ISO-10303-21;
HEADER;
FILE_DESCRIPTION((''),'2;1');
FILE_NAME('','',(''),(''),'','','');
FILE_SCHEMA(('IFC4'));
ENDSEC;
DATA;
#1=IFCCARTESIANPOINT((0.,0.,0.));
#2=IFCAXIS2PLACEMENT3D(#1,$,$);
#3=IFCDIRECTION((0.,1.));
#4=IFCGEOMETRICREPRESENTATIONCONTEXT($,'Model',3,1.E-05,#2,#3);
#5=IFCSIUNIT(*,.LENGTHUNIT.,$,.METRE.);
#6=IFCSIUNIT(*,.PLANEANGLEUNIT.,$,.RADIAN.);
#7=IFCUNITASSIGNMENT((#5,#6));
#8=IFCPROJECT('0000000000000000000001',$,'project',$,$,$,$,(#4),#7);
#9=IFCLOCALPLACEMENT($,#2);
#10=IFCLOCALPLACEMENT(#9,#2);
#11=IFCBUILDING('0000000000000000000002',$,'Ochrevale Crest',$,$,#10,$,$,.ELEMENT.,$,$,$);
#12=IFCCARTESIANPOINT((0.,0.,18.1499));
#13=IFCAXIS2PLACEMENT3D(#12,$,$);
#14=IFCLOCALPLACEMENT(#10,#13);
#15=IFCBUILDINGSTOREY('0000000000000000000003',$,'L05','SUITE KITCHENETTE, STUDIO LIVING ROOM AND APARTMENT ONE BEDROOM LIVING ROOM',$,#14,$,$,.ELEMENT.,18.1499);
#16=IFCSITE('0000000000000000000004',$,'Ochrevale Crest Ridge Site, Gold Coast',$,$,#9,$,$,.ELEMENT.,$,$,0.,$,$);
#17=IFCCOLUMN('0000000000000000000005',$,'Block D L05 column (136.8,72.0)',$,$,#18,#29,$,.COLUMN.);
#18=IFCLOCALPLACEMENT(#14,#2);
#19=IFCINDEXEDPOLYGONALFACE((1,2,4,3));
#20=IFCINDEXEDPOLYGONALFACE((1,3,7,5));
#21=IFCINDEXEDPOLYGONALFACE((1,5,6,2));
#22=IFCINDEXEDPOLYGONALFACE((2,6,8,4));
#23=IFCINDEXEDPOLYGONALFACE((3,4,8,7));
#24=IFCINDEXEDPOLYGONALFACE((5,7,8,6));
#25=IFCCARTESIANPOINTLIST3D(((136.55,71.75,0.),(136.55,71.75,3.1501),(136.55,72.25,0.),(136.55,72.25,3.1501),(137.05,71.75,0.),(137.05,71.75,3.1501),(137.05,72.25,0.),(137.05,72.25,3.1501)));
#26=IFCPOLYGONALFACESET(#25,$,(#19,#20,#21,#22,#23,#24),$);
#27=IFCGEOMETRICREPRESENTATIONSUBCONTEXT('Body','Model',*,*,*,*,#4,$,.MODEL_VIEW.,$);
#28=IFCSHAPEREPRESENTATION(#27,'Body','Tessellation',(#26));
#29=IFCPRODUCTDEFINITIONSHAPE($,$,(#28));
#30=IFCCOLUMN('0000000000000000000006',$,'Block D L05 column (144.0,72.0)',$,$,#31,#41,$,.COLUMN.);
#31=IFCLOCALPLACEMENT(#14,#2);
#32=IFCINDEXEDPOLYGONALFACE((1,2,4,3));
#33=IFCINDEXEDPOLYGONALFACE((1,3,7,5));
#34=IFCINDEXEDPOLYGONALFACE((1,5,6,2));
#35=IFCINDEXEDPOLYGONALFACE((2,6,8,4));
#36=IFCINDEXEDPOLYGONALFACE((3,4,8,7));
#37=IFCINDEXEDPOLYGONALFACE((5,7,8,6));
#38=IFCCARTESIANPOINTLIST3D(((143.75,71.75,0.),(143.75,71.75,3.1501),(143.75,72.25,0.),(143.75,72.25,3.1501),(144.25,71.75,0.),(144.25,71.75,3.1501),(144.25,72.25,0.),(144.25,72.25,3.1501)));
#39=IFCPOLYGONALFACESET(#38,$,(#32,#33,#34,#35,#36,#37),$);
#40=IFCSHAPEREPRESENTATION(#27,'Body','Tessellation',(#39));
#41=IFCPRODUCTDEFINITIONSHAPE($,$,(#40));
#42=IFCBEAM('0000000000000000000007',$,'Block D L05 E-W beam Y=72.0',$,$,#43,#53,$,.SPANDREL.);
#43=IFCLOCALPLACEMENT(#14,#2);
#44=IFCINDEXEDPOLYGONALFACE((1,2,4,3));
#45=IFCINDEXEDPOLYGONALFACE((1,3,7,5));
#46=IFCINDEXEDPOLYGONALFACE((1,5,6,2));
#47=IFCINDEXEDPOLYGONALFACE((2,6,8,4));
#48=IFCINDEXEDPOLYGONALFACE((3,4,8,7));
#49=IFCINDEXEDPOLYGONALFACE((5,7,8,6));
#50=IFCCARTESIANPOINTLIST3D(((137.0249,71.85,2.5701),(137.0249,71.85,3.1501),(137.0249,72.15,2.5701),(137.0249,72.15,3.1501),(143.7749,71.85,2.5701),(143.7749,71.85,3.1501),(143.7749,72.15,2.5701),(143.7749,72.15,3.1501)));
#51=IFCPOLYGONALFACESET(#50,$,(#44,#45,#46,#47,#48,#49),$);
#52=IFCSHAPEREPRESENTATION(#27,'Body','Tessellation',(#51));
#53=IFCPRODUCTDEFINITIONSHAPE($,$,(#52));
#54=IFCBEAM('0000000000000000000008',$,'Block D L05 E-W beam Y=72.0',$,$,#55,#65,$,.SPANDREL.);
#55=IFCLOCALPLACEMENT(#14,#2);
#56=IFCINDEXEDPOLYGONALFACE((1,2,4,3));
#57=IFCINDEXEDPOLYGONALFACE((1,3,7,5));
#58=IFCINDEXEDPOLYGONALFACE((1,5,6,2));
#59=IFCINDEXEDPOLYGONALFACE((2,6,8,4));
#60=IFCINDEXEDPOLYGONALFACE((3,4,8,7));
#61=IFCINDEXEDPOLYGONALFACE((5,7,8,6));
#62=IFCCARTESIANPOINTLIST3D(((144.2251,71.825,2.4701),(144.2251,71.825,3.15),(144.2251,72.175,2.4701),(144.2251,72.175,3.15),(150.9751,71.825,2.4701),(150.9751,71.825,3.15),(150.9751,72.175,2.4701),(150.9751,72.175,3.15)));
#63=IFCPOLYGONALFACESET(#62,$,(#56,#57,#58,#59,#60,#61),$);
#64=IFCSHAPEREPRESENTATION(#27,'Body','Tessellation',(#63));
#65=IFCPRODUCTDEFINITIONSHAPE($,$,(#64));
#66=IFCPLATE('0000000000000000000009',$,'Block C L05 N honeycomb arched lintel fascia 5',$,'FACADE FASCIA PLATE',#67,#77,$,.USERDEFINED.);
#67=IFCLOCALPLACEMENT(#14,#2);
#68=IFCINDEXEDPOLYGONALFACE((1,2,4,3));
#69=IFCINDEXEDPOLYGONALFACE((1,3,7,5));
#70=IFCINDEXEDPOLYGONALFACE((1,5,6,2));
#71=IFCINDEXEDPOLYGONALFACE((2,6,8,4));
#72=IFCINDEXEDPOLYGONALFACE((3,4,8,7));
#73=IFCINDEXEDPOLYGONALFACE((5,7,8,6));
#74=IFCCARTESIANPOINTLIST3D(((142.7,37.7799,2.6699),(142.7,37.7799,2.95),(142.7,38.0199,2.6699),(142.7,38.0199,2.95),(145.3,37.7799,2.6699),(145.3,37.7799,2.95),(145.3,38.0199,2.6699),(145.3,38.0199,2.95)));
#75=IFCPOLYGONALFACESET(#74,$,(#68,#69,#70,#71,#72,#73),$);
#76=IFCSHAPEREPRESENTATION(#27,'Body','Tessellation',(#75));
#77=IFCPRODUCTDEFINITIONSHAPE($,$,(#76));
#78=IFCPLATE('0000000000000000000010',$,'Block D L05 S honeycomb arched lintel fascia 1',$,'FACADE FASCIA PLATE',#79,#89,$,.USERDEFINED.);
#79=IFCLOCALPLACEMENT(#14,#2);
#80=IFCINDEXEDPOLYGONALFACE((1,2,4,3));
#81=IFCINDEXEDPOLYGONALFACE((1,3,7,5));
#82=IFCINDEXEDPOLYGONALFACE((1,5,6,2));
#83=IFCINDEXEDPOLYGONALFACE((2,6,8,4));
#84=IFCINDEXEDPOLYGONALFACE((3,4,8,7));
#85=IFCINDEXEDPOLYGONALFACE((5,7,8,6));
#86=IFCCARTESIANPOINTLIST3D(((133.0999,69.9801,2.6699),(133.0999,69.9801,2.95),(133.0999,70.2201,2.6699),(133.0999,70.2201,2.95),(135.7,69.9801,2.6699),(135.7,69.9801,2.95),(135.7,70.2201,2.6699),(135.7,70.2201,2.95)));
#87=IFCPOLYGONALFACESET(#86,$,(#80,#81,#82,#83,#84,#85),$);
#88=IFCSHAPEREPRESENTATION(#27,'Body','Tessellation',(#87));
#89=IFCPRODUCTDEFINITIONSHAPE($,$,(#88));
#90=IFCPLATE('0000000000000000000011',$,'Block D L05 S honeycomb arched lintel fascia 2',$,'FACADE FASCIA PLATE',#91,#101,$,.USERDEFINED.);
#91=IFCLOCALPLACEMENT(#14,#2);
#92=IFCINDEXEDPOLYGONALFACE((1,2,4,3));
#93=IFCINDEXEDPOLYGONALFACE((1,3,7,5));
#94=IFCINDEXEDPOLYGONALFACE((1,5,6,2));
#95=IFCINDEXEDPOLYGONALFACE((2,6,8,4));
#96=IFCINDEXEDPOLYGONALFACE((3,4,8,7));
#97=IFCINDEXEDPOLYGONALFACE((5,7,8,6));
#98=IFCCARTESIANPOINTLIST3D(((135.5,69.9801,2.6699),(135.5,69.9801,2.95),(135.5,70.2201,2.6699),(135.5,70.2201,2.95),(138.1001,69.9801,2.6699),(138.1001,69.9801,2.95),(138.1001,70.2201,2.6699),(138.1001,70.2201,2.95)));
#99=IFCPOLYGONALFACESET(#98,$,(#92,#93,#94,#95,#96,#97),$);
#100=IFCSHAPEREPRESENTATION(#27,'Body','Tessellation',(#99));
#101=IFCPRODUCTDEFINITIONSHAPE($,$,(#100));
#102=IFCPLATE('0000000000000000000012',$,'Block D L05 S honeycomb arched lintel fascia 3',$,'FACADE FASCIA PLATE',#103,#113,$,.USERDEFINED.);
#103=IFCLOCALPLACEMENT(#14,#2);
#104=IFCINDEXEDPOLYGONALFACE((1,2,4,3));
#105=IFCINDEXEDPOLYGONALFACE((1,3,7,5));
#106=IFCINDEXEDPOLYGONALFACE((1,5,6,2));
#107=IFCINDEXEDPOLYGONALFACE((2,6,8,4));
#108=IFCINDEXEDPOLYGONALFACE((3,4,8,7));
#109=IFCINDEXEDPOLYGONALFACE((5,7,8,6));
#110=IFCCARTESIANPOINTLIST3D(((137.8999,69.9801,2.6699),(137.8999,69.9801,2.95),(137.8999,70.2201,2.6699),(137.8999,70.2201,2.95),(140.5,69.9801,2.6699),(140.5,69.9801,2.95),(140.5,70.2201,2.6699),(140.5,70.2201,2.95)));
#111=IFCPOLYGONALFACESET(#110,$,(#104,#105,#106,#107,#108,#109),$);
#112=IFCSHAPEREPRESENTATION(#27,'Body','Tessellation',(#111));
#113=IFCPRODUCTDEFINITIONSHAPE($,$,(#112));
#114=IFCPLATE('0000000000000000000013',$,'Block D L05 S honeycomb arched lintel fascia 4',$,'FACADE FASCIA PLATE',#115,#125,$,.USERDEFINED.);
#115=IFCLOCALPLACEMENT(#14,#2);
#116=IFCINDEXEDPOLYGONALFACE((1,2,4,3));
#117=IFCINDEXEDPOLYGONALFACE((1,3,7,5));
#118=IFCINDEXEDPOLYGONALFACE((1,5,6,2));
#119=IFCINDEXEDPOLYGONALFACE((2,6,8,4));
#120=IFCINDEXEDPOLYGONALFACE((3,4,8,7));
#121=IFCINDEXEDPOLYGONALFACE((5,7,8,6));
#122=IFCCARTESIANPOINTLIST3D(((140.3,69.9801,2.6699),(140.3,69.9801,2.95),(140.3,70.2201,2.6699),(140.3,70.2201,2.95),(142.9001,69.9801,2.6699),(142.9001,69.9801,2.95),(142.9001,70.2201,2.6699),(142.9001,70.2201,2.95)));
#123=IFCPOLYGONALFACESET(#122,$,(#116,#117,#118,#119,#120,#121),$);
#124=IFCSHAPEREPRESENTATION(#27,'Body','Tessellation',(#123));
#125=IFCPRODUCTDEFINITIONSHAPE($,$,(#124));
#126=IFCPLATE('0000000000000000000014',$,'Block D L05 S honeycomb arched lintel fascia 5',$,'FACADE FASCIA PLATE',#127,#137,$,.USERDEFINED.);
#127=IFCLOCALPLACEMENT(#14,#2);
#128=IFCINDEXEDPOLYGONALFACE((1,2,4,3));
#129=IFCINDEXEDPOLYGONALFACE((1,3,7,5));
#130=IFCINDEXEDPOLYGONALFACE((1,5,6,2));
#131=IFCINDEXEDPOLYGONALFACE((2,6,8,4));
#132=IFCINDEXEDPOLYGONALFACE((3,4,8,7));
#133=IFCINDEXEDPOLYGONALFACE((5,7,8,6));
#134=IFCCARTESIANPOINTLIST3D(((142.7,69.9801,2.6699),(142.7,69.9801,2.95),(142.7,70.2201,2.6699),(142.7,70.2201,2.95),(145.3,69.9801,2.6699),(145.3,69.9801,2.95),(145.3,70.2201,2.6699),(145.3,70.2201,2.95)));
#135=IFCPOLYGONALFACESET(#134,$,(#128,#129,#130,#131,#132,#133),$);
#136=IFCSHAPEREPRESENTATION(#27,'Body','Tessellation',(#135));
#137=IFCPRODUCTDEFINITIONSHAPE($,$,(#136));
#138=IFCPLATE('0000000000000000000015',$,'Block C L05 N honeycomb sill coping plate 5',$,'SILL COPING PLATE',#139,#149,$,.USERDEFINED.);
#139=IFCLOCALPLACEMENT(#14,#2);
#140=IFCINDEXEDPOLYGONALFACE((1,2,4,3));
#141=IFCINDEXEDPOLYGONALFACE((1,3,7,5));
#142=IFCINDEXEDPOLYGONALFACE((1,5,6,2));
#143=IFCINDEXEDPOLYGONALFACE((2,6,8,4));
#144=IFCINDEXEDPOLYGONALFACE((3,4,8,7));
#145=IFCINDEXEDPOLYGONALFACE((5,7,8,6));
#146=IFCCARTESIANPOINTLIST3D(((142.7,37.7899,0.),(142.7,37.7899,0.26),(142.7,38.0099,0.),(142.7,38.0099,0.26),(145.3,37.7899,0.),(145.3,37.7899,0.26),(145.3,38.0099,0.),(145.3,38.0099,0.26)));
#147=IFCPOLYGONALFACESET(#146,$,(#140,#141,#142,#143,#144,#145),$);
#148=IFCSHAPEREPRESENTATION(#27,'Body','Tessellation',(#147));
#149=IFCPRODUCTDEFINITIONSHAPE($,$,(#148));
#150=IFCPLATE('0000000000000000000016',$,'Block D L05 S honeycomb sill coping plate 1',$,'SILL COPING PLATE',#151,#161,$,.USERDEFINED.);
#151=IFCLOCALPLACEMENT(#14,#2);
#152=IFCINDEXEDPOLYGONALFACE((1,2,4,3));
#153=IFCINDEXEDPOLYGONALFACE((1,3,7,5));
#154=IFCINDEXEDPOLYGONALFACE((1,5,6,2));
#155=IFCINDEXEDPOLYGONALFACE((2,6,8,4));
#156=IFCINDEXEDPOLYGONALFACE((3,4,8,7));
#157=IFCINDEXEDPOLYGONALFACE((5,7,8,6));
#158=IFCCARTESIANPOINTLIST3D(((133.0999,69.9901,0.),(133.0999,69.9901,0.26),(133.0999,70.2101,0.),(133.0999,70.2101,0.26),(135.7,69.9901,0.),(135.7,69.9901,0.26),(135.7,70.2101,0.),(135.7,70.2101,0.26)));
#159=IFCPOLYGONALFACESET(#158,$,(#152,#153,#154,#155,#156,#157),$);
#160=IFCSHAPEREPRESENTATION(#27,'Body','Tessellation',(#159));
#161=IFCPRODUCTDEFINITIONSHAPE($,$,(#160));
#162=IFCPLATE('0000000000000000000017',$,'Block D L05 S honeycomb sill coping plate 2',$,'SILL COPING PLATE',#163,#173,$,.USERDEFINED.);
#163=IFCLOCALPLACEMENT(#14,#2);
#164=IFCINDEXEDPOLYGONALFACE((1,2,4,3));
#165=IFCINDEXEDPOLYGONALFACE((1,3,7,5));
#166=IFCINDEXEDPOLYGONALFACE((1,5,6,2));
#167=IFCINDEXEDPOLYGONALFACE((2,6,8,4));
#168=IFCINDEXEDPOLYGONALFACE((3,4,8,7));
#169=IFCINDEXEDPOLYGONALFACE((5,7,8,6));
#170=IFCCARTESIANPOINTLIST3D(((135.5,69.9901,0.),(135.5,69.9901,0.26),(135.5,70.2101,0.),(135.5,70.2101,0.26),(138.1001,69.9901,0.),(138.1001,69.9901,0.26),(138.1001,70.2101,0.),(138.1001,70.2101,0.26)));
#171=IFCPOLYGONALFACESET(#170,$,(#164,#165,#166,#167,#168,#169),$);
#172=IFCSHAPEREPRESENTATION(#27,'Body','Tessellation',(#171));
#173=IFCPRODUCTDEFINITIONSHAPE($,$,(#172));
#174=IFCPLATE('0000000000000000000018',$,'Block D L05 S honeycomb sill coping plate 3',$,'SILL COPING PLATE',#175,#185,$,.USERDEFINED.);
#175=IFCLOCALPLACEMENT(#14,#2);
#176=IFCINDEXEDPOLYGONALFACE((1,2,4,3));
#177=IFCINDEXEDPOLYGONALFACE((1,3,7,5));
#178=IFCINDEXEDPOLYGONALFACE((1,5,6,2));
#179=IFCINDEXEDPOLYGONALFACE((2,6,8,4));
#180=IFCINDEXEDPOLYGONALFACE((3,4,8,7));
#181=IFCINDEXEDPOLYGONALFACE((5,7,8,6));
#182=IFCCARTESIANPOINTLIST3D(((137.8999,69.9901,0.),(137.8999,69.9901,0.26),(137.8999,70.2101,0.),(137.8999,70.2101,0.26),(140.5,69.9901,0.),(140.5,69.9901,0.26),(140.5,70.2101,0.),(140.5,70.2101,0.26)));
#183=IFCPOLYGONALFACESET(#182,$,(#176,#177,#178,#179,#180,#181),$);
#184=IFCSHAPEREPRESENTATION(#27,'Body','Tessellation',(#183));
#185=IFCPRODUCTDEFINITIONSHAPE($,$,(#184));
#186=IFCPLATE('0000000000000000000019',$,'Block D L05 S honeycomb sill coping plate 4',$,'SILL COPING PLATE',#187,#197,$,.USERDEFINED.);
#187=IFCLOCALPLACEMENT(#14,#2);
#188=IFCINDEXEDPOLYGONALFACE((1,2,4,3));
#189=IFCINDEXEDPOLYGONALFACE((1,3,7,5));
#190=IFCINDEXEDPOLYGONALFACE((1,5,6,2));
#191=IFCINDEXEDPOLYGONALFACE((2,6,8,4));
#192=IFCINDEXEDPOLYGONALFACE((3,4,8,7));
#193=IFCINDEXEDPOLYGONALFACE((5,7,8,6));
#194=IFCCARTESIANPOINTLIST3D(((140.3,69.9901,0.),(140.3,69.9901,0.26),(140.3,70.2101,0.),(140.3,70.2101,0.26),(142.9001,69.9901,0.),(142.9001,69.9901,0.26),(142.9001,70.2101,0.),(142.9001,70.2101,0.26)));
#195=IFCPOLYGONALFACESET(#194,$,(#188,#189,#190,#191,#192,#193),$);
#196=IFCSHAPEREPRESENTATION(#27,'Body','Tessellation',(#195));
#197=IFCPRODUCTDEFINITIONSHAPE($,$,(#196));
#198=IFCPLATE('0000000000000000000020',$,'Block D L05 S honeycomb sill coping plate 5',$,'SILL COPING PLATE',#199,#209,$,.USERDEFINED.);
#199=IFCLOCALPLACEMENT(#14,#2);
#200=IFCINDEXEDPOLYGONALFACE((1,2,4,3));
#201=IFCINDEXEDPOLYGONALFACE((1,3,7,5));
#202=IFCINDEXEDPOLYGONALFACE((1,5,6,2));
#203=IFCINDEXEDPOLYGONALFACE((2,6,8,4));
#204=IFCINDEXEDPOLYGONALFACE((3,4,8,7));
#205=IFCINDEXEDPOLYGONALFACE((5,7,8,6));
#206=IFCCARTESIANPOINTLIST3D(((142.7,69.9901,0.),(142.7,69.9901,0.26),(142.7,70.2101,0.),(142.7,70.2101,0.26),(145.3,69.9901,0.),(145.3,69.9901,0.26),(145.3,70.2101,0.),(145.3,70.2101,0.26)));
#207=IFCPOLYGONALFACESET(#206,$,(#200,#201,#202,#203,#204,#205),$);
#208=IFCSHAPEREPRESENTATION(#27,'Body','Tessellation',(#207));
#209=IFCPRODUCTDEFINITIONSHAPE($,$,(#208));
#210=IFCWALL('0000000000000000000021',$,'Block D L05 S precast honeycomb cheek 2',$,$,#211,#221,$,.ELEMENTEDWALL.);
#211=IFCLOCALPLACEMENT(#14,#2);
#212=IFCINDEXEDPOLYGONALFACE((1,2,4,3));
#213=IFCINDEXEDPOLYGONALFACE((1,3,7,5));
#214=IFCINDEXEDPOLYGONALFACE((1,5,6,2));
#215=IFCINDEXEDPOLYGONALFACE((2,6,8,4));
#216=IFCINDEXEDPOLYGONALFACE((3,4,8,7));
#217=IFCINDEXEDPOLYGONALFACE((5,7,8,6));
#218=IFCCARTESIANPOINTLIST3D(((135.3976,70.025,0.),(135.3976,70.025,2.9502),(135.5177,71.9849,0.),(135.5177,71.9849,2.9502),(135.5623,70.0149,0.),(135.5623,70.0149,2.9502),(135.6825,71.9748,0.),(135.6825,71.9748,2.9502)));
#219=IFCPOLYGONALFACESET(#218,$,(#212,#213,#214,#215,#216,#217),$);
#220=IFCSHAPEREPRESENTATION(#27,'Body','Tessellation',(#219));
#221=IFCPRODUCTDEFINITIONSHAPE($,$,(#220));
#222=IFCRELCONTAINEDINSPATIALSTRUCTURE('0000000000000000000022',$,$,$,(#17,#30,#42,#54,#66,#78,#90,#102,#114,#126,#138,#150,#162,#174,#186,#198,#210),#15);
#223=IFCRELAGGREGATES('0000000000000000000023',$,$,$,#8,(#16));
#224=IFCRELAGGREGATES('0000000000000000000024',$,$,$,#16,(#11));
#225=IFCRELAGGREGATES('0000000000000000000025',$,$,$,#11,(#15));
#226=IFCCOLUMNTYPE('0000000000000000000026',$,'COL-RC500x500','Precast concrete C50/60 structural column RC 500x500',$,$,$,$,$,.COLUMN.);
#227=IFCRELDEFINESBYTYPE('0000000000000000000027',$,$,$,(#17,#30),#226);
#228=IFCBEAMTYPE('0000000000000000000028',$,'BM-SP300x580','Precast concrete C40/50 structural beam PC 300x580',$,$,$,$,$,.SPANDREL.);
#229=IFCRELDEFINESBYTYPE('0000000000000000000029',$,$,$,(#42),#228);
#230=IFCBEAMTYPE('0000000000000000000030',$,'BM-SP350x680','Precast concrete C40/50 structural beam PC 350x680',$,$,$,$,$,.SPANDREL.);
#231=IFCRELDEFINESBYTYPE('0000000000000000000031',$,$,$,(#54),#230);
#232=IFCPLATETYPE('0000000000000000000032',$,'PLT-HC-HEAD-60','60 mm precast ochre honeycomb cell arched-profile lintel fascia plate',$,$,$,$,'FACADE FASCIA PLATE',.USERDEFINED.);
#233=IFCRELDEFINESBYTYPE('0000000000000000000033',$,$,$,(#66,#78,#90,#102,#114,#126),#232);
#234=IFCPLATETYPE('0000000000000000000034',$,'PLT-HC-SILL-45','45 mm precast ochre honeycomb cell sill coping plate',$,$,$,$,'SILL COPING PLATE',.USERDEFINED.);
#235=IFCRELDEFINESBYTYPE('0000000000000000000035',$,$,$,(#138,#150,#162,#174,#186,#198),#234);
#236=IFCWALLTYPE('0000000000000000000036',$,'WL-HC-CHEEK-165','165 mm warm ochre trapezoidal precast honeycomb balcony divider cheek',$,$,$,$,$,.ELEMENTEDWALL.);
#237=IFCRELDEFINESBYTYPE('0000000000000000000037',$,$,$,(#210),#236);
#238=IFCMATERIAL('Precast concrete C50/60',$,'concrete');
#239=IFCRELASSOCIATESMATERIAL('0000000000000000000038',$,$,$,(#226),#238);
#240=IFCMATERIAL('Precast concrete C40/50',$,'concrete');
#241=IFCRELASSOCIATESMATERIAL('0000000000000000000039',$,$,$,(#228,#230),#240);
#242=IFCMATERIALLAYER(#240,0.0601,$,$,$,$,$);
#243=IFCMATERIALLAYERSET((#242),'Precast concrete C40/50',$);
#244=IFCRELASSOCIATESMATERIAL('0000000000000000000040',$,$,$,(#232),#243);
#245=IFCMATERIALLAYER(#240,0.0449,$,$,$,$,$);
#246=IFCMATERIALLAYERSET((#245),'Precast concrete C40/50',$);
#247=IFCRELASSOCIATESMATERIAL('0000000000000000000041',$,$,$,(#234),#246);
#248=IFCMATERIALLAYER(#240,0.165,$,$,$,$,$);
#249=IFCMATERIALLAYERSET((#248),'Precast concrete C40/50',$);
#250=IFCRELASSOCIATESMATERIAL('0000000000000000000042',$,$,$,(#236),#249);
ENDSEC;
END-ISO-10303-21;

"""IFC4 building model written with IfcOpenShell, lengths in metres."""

from ifc_helpers import new_model, si_unit, direction, frame, frame_2d, origin, origin_2d, place, context, subcontext, project, spatial, rectangle, extrude, material, layer, layer_set, material_profile, profile_set, type_object, element, save


model = new_model("IFC4")

# Units and contexts
model_context = context("Model", 3, precision=1e-05, world=origin(), true_north=direction((0.0, 1.0)))
body_context = subcontext(model_context, "Body", "Model", "MODEL_VIEW")
ifc_project = project(units=[si_unit("LENGTHUNIT", "METRE"), si_unit("PLANEANGLEUNIT", "RADIAN")], contexts=[model_context])

# Site, building, storey
site_placement = place(None, origin())
site = spatial("IfcSite", under=ifc_project, at=site_placement, Name="Ochrevale Crest Ridge Site, Gold Coast", CompositionType="ELEMENT", RefElevation=0.0)
building_placement = place(site_placement, origin())
building = spatial("IfcBuilding", under=site, at=building_placement, Name="Ochrevale Crest", CompositionType="ELEMENT")
storey_placement = place(building_placement, frame((0.0, 0.0, 18.1499)))
storey = spatial("IfcBuildingStorey", under=building, at=storey_placement, Name="L05", Description="SUITE KITCHENETTE, STUDIO LIVING ROOM AND APARTMENT ONE BEDROOM LIVING ROOM", CompositionType="ELEMENT", Elevation=18.1499)

# Columns
ifc_material_1 = material(Name="Precast concrete C50/60", Category="concrete")
ifc_material_profile_1 = material_profile(ifc_material_1, rectangle(XDim=0.5, YDim=0.5, at=origin_2d()), Name="RC 500x500")
ifc_profile_set_1 = profile_set([ifc_material_profile_1], Name="Precast concrete C50/60")
column_type = type_object("IfcColumnType", Name="COL-RC500x500", Description="Precast concrete C50/60 structural column RC 500x500", PredefinedType="COLUMN", material=ifc_profile_set_1)
for number, where, z_axis, x_axis, name in (
    (1, (136.8, 72.0, 0.0), (0.0, 0.0, 1.0), (1.0, 0.0, 0.0), "Block D L05 column (136.8,72.0)"),
    (2, (144.0, 72.0, 0.0), (0.0, 0.0, 1.0), (1.0, 0.0, 0.0), "Block D L05 column (144.0,72.0)"),
):
    element("IfcColumn", number, at=place(storey_placement, frame(where, z_axis=z_axis, x_axis=x_axis)), inside=storey, type_object=column_type, Name=name, PredefinedType="COLUMN", context=body_context, shape_type="SweptSolid", body=[
        extrude(rectangle(XDim=0.5, YDim=0.5, at=origin_2d()), origin(), (0.0, 0.0, 1.0), 3.1501),
    ])

# Beams
ifc_material_2 = material(Name="Precast concrete C40/50", Category="concrete")
ifc_material_profile_2 = material_profile(ifc_material_2, rectangle(XDim=0.3, YDim=0.5801, at=origin_2d()), Name="PC 300x580")
ifc_profile_set_2 = profile_set([ifc_material_profile_2], Name="Precast concrete C40/50")
beam_type_1 = type_object("IfcBeamType", Name="BM-SP300x580", Description="Precast concrete C40/50 structural beam PC 300x580", PredefinedType="SPANDREL", material=ifc_profile_set_2)
beam_1_placement = place(storey_placement, frame((137.0249, 72.0, 2.8601), z_axis=(1.0, 0.0, 0.0), x_axis=(0.0, 1.0, 0.0)))
element("IfcBeam", 3, at=beam_1_placement, inside=storey, type_object=beam_type_1, Name="Block D L05 E-W beam Y=72.0", PredefinedType="SPANDREL", context=body_context, shape_type="SweptSolid", body=[
    extrude(rectangle(XDim=0.3, YDim=0.5801, at=origin_2d()), origin(), (0.0, 0.0, 1.0), 6.75),
])
ifc_material_profile_3 = material_profile(ifc_material_2, rectangle(XDim=0.3501, YDim=0.6799, at=origin_2d()), Name="PC 350x680")
ifc_profile_set_3 = profile_set([ifc_material_profile_3], Name="Precast concrete C40/50")
beam_type_2 = type_object("IfcBeamType", Name="BM-SP350x680", Description="Precast concrete C40/50 structural beam PC 350x680", PredefinedType="SPANDREL", material=ifc_profile_set_3)
beam_2_placement = place(storey_placement, frame((144.2251, 72.0, 2.8101), z_axis=(1.0, 0.0, 0.0), x_axis=(0.0, 1.0, 0.0)))
element("IfcBeam", 4, at=beam_2_placement, inside=storey, type_object=beam_type_2, Name="Block D L05 E-W beam Y=72.0", PredefinedType="SPANDREL", context=body_context, shape_type="SweptSolid", body=[
    extrude(rectangle(XDim=0.3501, YDim=0.6799, at=origin_2d()), origin(), (0.0, 0.0, 1.0), 6.75),
])

# Plates
ifc_layer_1 = layer(ifc_material_2, 0.0601)
ifc_layer_set_1 = layer_set([ifc_layer_1], Name="Precast concrete C40/50")
plate_type_1 = type_object("IfcPlateType", Name="PLT-HC-HEAD-60", Description="60 mm precast ochre honeycomb cell arched-profile lintel fascia plate", ElementType="FACADE FASCIA PLATE", PredefinedType="USERDEFINED", material=ifc_layer_set_1)
for number, where, z_axis, x_axis, name in (
    (5, (144.0, 37.8999, 2.6699), (0.0, 0.0, 1.0), (1.0, 0.0, 0.0), "Block C L05 N honeycomb arched lintel fascia 5"),
    (6, (134.3999, 70.1001, 2.6699), (0.0, 0.0, 1.0), (1.0, 0.0, 0.0), "Block D L05 S honeycomb arched lintel fascia 1"),
    (7, (136.8, 70.1001, 2.6699), (0.0, 0.0, 1.0), (1.0, 0.0, 0.0), "Block D L05 S honeycomb arched lintel fascia 2"),
    (8, (139.2, 70.1001, 2.6699), (0.0, 0.0, 1.0), (1.0, 0.0, 0.0), "Block D L05 S honeycomb arched lintel fascia 3"),
    (9, (141.6001, 70.1001, 2.6699), (0.0, 0.0, 1.0), (1.0, 0.0, 0.0), "Block D L05 S honeycomb arched lintel fascia 4"),
    (10, (144.0, 70.1001, 2.6699), (0.0, 0.0, 1.0), (1.0, 0.0, 0.0), "Block D L05 S honeycomb arched lintel fascia 5"),
):
    element("IfcPlate", number, at=place(storey_placement, frame(where, z_axis=z_axis, x_axis=x_axis)), inside=storey, type_object=plate_type_1, Name=name, ObjectType="FACADE FASCIA PLATE", PredefinedType="USERDEFINED", context=body_context, shape_type="SweptSolid", body=[
        extrude(rectangle(XDim=2.6001, YDim=0.24, at=origin_2d()), origin(), (0.0, 0.0, 1.0), 0.28),
    ])
ifc_layer_2 = layer(ifc_material_2, 0.0449)
ifc_layer_set_2 = layer_set([ifc_layer_2], Name="Precast concrete C40/50")
plate_type_2 = type_object("IfcPlateType", Name="PLT-HC-SILL-45", Description="45 mm precast ochre honeycomb cell sill coping plate", ElementType="SILL COPING PLATE", PredefinedType="USERDEFINED", material=ifc_layer_set_2)
for number, where, z_axis, x_axis, name in (
    (11, (144.0, 37.8999, 0.0), (0.0, 0.0, 1.0), (1.0, 0.0, 0.0), "Block C L05 N honeycomb sill coping plate 5"),
    (12, (134.3999, 70.1001, 0.0), (0.0, 0.0, 1.0), (1.0, 0.0, 0.0), "Block D L05 S honeycomb sill coping plate 1"),
    (13, (136.8, 70.1001, 0.0), (0.0, 0.0, 1.0), (1.0, 0.0, 0.0), "Block D L05 S honeycomb sill coping plate 2"),
    (14, (139.2, 70.1001, 0.0), (0.0, 0.0, 1.0), (1.0, 0.0, 0.0), "Block D L05 S honeycomb sill coping plate 3"),
    (15, (141.6001, 70.1001, 0.0), (0.0, 0.0, 1.0), (1.0, 0.0, 0.0), "Block D L05 S honeycomb sill coping plate 4"),
    (16, (144.0, 70.1001, 0.0), (0.0, 0.0, 1.0), (1.0, 0.0, 0.0), "Block D L05 S honeycomb sill coping plate 5"),
):
    element("IfcPlate", number, at=place(storey_placement, frame(where, z_axis=z_axis, x_axis=x_axis)), inside=storey, type_object=plate_type_2, Name=name, ObjectType="SILL COPING PLATE", PredefinedType="USERDEFINED", context=body_context, shape_type="SweptSolid", body=[
        extrude(rectangle(XDim=2.6001, YDim=0.22, at=origin_2d()), origin(), (0.0, 0.0, 1.0), 0.26),
    ])

# Wall
ifc_layer_3 = layer(ifc_material_2, 0.165)
ifc_layer_set_3 = layer_set([ifc_layer_3], Name="Precast concrete C40/50")
wall_type = type_object("IfcWallType", Name="WL-HC-CHEEK-165", Description="165 mm warm ochre trapezoidal precast honeycomb balcony divider cheek", PredefinedType="ELEMENTEDWALL", material=ifc_layer_set_3)
wall_1_placement = place(storey_placement, frame((135.6001, 71.98, 0.0), z_axis=(0.0, 0.0, 1.0), x_axis=(-0.061171, -0.998127, 0.0)))
element("IfcWall", 17, at=wall_1_placement, inside=storey, type_object=wall_type, Name="Block D L05 S precast honeycomb cheek 2", PredefinedType="ELEMENTEDWALL", context=body_context, shape_type="SweptSolid", body=[
    extrude(rectangle(XDim=1.9636, YDim=0.165, at=frame_2d((0.9819, 0.0))), origin(), (0.0, 0.0, 1.0), 2.9502),
])

save(model, "model.ifc")
